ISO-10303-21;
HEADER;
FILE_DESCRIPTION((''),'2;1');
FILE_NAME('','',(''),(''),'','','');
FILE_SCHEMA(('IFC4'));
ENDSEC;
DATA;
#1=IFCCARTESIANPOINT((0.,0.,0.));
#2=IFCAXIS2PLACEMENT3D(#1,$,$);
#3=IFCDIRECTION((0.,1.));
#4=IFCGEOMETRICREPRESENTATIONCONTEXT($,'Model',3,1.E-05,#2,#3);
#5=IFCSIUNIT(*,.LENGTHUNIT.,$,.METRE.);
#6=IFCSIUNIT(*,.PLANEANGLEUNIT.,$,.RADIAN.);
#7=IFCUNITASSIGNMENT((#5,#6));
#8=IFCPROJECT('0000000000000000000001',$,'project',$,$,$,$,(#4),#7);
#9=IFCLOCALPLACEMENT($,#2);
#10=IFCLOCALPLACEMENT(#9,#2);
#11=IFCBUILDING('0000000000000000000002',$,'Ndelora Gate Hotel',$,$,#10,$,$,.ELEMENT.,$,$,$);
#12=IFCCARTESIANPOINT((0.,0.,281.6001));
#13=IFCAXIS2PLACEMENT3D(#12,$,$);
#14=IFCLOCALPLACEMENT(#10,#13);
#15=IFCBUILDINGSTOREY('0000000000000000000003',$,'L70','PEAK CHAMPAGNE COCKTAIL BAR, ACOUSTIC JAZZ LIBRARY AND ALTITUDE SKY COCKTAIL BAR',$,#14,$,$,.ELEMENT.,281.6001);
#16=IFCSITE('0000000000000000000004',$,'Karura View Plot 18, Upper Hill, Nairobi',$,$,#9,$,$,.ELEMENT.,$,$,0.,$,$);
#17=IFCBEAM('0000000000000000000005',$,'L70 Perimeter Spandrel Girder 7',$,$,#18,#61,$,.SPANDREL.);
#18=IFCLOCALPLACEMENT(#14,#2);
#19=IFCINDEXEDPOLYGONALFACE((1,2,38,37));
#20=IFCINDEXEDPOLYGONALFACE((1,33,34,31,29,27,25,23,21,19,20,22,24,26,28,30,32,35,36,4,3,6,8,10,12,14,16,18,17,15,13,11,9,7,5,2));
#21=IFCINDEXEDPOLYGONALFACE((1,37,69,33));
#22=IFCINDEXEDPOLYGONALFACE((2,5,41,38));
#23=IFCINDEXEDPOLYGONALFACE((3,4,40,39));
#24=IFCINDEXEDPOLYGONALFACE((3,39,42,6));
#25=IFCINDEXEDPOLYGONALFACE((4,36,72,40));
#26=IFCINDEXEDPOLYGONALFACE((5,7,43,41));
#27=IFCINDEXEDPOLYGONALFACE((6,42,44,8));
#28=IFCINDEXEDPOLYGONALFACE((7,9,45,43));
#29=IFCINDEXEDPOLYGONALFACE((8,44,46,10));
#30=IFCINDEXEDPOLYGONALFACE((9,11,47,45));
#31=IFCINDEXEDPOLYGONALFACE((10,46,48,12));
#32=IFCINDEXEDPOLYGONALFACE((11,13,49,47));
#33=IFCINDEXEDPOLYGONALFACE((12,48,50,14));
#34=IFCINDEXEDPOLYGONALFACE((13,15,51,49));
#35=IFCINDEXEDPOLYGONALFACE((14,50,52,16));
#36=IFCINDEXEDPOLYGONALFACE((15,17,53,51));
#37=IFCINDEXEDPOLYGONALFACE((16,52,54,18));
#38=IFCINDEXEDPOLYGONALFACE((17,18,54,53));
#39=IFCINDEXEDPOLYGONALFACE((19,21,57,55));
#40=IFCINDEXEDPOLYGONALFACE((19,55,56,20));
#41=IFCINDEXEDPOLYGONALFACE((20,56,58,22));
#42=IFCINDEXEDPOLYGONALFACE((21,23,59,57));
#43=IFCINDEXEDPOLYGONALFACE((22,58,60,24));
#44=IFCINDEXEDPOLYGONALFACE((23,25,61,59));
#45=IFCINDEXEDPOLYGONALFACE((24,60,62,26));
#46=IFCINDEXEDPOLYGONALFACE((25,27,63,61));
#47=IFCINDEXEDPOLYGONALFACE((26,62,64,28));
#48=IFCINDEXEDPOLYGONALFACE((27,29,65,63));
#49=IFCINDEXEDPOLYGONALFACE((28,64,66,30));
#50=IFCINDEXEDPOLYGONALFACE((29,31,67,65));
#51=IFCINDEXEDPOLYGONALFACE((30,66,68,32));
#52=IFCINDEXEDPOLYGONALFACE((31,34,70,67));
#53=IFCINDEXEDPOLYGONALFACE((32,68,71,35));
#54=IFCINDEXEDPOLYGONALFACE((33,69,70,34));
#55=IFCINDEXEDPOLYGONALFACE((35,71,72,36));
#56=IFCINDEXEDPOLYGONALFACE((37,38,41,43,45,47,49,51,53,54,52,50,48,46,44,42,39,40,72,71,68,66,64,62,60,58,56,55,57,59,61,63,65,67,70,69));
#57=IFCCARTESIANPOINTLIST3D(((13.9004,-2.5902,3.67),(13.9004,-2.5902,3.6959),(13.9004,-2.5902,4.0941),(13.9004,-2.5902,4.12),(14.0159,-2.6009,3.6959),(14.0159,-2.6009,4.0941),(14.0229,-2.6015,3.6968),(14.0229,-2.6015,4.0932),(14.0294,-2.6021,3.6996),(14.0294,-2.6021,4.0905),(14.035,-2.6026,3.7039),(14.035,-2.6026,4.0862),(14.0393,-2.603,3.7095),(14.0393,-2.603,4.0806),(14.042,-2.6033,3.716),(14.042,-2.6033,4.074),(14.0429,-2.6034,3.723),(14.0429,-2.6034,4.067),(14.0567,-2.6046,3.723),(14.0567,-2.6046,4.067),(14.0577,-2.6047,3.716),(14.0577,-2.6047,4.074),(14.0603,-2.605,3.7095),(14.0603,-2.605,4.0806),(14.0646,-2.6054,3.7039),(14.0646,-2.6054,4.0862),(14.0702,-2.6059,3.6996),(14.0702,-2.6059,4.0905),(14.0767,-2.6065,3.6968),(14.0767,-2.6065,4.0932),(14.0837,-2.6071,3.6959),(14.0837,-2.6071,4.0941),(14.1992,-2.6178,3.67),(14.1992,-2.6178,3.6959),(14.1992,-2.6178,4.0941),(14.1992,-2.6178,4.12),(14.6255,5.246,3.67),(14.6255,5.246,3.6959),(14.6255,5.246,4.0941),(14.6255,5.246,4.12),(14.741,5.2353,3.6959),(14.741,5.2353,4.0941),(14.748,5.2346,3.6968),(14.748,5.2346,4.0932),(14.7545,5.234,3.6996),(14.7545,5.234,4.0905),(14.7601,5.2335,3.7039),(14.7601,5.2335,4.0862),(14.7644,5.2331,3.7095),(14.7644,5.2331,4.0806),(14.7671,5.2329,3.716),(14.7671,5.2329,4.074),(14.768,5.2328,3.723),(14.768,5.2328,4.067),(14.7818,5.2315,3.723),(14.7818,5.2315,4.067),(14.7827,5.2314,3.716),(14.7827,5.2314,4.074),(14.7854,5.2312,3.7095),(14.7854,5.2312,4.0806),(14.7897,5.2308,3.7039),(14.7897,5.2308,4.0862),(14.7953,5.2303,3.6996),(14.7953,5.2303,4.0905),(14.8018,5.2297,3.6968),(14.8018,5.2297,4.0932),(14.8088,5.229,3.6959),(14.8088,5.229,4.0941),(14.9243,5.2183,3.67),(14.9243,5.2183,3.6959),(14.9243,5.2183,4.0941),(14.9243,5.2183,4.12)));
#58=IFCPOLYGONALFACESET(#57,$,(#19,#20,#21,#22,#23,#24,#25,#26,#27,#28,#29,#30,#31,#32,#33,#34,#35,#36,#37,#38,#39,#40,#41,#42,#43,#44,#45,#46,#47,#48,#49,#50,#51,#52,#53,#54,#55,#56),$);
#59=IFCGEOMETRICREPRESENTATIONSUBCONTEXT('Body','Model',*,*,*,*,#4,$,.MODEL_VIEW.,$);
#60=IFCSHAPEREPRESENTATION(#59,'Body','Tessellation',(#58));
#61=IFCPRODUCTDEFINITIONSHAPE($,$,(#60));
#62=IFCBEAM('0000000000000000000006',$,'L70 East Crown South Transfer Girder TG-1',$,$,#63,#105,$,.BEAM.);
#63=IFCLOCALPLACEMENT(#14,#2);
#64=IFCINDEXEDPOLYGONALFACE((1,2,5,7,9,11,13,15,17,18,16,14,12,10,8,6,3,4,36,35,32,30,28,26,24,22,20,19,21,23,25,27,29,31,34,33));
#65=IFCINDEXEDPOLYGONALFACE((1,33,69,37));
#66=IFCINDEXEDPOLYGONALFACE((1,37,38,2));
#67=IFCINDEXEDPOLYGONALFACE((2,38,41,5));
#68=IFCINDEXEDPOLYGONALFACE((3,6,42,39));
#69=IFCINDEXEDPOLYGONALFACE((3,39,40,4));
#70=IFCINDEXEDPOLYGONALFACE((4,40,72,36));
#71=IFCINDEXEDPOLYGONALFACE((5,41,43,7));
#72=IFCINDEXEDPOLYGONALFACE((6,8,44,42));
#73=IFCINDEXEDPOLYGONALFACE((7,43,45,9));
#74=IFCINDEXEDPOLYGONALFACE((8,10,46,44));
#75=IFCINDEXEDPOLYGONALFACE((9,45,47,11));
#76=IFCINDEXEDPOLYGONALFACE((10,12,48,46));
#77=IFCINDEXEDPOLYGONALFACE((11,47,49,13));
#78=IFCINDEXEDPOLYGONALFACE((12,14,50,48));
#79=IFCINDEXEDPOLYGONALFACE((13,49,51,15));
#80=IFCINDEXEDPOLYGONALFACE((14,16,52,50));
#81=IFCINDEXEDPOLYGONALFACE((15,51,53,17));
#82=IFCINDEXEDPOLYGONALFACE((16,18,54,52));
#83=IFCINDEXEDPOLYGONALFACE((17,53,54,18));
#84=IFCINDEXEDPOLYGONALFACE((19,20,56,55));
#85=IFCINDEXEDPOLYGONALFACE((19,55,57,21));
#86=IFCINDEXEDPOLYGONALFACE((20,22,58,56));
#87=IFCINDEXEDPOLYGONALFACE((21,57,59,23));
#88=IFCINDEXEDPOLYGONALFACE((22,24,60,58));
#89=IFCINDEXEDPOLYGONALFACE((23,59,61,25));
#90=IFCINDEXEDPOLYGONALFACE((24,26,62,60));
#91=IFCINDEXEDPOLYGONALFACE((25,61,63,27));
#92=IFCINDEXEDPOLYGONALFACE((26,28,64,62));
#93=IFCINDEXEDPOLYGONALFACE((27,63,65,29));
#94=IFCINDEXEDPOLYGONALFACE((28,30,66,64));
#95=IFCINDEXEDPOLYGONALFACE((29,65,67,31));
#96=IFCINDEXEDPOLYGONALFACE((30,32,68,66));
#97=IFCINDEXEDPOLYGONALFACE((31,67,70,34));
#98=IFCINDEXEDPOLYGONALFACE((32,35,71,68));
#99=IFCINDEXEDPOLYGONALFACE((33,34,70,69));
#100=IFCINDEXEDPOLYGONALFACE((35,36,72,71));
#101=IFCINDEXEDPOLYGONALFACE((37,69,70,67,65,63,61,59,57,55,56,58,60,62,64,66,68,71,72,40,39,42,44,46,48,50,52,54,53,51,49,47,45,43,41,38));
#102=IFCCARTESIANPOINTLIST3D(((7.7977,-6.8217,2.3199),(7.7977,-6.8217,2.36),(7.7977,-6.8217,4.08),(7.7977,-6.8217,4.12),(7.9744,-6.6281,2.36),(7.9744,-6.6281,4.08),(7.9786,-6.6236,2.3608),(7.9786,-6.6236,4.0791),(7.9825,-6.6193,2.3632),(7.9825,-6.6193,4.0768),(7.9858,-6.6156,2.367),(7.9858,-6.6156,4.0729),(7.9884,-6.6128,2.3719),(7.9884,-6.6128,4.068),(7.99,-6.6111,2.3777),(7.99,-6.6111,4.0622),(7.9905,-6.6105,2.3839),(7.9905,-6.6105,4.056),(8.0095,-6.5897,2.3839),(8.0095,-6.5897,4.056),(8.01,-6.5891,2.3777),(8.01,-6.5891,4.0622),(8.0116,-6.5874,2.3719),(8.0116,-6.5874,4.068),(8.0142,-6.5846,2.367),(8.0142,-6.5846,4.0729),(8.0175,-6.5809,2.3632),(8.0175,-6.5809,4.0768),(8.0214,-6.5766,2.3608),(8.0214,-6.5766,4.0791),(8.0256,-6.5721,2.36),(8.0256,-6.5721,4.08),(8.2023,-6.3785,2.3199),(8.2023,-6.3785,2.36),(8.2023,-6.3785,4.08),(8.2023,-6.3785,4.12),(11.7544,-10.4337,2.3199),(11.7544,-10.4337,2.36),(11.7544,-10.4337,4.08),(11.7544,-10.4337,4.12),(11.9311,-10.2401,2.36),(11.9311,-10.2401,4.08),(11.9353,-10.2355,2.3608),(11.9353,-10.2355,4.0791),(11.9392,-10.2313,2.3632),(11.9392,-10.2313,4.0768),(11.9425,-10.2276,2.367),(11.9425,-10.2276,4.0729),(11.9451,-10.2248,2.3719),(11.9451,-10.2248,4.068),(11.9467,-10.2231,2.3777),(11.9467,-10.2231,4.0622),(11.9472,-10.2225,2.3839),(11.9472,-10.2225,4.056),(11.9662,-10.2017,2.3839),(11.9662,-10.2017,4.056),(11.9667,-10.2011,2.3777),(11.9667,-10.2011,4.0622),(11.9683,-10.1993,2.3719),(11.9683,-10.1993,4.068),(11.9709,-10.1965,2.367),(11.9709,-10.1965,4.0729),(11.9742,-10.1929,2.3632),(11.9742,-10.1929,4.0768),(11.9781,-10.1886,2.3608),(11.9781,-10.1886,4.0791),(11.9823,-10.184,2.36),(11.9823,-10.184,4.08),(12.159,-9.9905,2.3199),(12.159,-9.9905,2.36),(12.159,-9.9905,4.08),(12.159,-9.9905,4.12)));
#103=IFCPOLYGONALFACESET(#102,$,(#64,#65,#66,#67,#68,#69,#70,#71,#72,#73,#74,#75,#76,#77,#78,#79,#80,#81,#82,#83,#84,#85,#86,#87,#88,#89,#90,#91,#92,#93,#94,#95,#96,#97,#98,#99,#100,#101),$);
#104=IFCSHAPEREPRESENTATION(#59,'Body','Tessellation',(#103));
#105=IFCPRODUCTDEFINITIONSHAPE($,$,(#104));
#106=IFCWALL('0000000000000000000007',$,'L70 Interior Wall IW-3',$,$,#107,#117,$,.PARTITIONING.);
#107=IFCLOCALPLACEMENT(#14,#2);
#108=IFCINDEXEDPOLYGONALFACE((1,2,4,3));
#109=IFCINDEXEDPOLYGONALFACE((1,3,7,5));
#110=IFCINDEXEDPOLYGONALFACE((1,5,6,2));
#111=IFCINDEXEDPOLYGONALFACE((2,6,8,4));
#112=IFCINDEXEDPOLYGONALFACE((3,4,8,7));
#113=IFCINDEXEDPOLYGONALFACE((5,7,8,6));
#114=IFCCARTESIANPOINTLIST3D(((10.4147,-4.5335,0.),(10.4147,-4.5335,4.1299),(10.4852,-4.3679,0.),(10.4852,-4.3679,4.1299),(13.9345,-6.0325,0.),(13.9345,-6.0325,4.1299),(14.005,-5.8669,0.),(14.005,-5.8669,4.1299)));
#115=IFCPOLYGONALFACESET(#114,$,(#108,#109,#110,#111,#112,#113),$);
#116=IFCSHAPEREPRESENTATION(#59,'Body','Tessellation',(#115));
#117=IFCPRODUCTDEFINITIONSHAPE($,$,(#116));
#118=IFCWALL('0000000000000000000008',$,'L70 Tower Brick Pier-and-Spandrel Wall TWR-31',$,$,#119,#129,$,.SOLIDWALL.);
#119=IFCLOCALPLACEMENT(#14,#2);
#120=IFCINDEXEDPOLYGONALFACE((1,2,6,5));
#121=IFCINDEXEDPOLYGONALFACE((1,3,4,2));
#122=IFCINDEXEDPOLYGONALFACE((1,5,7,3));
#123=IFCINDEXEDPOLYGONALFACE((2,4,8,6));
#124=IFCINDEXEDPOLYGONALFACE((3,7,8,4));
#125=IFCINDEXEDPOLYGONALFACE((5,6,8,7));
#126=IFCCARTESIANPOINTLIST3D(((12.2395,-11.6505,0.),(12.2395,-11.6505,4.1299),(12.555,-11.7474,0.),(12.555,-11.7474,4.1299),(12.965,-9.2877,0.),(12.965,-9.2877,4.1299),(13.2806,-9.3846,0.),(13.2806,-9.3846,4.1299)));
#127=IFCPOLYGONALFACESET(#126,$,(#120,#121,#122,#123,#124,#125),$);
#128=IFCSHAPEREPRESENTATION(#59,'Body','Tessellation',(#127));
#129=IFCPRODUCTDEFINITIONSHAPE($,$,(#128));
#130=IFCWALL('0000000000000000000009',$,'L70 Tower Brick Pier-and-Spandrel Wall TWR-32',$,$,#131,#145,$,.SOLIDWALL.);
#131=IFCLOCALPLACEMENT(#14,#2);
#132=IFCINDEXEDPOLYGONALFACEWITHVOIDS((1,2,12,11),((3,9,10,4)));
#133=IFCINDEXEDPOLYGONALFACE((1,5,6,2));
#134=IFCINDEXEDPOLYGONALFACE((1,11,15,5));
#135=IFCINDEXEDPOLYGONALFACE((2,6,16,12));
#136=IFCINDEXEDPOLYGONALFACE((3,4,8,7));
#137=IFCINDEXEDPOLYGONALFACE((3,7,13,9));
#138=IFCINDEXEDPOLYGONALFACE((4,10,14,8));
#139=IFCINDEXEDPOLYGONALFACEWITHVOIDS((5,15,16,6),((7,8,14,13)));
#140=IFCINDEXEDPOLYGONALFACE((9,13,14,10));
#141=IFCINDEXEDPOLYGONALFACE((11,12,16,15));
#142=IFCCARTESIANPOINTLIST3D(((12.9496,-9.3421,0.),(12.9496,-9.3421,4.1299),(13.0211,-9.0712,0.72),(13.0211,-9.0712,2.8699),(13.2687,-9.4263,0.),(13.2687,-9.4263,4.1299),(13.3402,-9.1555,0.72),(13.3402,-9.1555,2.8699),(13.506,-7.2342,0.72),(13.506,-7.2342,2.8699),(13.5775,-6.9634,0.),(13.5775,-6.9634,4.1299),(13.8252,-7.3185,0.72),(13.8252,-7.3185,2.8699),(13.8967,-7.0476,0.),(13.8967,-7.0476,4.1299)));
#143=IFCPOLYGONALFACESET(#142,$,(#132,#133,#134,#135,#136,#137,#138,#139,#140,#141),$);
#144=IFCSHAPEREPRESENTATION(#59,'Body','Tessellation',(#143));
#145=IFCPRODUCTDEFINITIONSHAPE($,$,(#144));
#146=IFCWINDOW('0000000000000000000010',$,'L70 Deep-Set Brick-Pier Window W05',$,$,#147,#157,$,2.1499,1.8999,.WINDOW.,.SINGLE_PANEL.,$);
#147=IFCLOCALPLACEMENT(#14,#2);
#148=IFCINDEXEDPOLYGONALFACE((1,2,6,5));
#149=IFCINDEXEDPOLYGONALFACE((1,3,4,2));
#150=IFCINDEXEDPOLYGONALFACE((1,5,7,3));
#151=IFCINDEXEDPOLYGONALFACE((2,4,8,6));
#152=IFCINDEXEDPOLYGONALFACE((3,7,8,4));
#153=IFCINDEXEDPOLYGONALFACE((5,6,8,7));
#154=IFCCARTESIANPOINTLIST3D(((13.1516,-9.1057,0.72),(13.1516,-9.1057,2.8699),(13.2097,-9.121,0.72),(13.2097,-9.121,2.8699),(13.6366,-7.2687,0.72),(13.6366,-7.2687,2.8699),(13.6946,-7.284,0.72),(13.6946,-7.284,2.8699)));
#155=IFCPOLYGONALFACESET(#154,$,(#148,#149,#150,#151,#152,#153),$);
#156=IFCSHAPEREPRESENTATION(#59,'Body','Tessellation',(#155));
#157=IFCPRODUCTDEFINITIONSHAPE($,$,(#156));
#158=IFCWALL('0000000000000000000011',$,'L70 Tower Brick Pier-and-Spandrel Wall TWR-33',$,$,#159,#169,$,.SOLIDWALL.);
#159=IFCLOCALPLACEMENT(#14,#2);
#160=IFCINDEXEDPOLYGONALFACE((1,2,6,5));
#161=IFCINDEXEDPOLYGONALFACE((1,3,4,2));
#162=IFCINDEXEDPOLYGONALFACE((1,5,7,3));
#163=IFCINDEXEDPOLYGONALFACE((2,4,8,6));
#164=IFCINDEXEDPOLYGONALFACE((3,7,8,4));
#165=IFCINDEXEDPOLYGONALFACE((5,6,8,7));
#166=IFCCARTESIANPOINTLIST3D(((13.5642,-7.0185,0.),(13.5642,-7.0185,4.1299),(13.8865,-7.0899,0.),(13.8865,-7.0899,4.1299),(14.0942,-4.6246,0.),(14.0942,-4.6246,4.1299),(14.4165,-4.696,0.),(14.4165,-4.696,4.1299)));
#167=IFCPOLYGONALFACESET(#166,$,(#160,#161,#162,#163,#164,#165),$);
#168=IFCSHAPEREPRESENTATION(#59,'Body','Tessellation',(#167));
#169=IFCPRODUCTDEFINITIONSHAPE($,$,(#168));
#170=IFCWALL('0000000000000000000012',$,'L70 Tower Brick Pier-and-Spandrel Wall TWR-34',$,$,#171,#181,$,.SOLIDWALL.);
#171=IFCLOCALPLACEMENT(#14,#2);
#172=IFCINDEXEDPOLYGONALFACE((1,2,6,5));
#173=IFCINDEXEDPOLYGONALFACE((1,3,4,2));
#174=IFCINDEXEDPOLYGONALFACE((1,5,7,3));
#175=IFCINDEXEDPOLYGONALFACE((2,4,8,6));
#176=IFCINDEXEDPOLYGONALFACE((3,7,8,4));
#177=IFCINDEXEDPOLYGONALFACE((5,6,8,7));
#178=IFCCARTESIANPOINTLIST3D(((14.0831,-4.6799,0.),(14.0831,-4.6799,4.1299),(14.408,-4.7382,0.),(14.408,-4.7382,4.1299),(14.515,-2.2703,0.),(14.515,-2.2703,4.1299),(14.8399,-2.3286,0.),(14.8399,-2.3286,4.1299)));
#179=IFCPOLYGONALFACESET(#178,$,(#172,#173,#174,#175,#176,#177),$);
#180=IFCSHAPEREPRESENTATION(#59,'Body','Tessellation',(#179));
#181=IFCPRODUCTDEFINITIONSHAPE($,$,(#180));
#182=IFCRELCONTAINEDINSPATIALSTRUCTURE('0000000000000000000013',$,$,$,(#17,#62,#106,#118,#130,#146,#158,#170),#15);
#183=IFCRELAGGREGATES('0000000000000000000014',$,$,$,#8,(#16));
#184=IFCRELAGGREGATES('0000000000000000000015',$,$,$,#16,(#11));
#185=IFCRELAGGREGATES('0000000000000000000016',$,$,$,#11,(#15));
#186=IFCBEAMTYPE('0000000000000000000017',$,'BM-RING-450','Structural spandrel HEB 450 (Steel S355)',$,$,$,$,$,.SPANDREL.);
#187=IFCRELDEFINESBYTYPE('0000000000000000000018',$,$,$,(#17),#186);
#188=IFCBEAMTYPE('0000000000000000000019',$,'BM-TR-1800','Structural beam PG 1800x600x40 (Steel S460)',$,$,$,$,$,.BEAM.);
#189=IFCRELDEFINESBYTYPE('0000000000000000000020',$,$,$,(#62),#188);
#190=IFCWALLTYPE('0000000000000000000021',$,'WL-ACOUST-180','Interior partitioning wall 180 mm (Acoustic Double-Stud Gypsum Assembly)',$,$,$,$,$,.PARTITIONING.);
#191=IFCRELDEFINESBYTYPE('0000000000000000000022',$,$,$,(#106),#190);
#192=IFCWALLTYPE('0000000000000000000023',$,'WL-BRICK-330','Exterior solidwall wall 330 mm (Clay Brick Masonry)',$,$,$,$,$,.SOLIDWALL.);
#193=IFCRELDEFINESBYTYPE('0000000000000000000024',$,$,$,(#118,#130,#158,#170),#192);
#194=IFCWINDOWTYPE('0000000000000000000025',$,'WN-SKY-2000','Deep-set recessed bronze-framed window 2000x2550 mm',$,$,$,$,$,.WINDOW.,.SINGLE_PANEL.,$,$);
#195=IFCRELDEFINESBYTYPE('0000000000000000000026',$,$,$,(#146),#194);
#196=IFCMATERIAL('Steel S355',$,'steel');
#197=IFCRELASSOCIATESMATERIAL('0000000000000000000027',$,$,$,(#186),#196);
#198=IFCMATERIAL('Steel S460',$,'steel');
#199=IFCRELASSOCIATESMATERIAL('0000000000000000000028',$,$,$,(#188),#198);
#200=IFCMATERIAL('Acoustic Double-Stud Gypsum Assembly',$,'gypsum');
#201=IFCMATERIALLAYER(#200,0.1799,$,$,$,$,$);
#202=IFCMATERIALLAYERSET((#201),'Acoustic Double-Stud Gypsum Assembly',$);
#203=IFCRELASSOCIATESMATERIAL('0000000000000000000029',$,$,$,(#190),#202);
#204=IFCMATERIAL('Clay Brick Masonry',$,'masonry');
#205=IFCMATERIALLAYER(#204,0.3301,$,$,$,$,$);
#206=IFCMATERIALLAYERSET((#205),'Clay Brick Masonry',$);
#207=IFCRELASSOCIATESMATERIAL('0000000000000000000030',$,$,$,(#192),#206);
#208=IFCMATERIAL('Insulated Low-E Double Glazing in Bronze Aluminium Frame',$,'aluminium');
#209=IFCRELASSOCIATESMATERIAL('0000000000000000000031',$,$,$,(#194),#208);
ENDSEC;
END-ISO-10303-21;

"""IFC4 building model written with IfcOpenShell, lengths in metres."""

from ifc_helpers import new_model, si_unit, direction, frame, frame_2d, origin, origin_2d, place, context, subcontext, project, spatial, rectangle, i_section, extrude, material, layer, layer_set, material_profile, profile_set, type_object, element, fill, save


model = new_model("IFC4")

# Units and contexts
model_context = context("Model", 3, precision=1e-05, world=origin(), true_north=direction((0.0, 1.0)))
body_context = subcontext(model_context, "Body", "Model", "MODEL_VIEW")
ifc_project = project(units=[si_unit("LENGTHUNIT", "METRE"), si_unit("PLANEANGLEUNIT", "RADIAN")], contexts=[model_context])

# Site, building, storey
site_placement = place(None, origin())
site = spatial("IfcSite", under=ifc_project, at=site_placement, Name="Karura View Plot 18, Upper Hill, Nairobi", CompositionType="ELEMENT", RefElevation=0.0)
building_placement = place(site_placement, origin())
building = spatial("IfcBuilding", under=site, at=building_placement, Name="Ndelora Gate Hotel", CompositionType="ELEMENT")
storey_placement = place(building_placement, frame((0.0, 0.0, 281.6001)))
storey = spatial("IfcBuildingStorey", under=building, at=storey_placement, Name="L70", Description="PEAK CHAMPAGNE COCKTAIL BAR, ACOUSTIC JAZZ LIBRARY AND ALTITUDE SKY COCKTAIL BAR", CompositionType="ELEMENT", Elevation=281.6001)

# Beams
ifc_material_1 = material(Name="Steel S355", Category="steel")
ifc_material_profile_1 = material_profile(ifc_material_1, i_section(OverallWidth=0.3, OverallDepth=0.45, WebThickness=0.0139, FlangeThickness=0.0259, FilletRadius=0.0271, at=origin_2d()), Name="HEB 450")
ifc_profile_set_1 = profile_set([ifc_material_profile_1], Name="Steel S355")
beam_type_1 = type_object("IfcBeamType", Name="BM-RING-450", Description="Structural spandrel HEB 450 (Steel S355)", PredefinedType="SPANDREL", material=ifc_profile_set_1)
beam_1_placement = place(storey_placement, frame((14.0498, -2.604, 3.895), z_axis=(0.092138, 0.995746, 0.0), x_axis=(-0.995746, 0.092138, 0.0)))
element("IfcBeam", 1, at=beam_1_placement, inside=storey, type_object=beam_type_1, Name="L70 Perimeter Spandrel Girder 7", PredefinedType="SPANDREL", context=body_context, shape_type="SweptSolid", body=[
    extrude(i_section(OverallWidth=0.3, OverallDepth=0.45, WebThickness=0.0139, FlangeThickness=0.0259, FilletRadius=0.0271, at=origin_2d()), origin(), (0.0, 0.0, 1.0), 7.8696),
])
ifc_material_2 = material(Name="Steel S460", Category="steel")
ifc_material_profile_2 = material_profile(ifc_material_2, i_section(OverallWidth=0.6001, OverallDepth=1.8, WebThickness=0.0281, FlangeThickness=0.04, FilletRadius=0.0239, at=origin_2d()), Name="PG 1800x600x40")
ifc_profile_set_2 = profile_set([ifc_material_profile_2], Name="Steel S460")
beam_type_2 = type_object("IfcBeamType", Name="BM-TR-1800", Description="Structural beam PG 1800x600x40 (Steel S460)", PredefinedType="BEAM", material=ifc_profile_set_2)
beam_2_placement = place(storey_placement, frame((8.0, -6.6001, 3.22), z_axis=(0.738547, -0.674202, 0.0), x_axis=(0.674202, 0.738547, 0.0)))
element("IfcBeam", 2, at=beam_2_placement, inside=storey, type_object=beam_type_2, Name="L70 East Crown South Transfer Girder TG-1", PredefinedType="BEAM", context=body_context, shape_type="SweptSolid", body=[
    extrude(i_section(OverallWidth=0.6001, OverallDepth=1.8, WebThickness=0.0281, FlangeThickness=0.04, FilletRadius=0.0239, at=origin_2d()), origin(), (0.0, 0.0, 1.0), 5.3574),
])

# Walls
ifc_material_3 = material(Name="Acoustic Double-Stud Gypsum Assembly", Category="gypsum")
ifc_layer_1 = layer(ifc_material_3, 0.1799)
ifc_layer_set_1 = layer_set([ifc_layer_1], Name="Acoustic Double-Stud Gypsum Assembly")
wall_type_1 = type_object("IfcWallType", Name="WL-ACOUST-180", Description="Interior partitioning wall 180 mm (Acoustic Double-Stud Gypsum Assembly)", PredefinedType="PARTITIONING", material=ifc_layer_set_1)
wall_1_placement = place(storey_placement, frame((10.45, -4.4507, 0.0), z_axis=(0.0, 0.0, 1.0), x_axis=(0.920037, -0.391831, 0.0)))
element("IfcWall", 3, at=wall_1_placement, inside=storey, type_object=wall_type_1, Name="L70 Interior Wall IW-3", PredefinedType="PARTITIONING", context=body_context, shape_type="SweptSolid", body=[
    extrude(rectangle(XDim=3.8257, YDim=0.1799, at=frame_2d((1.9128, 0.0))), origin(), (0.0, 0.0, 1.0), 4.1299),
])
ifc_material_4 = material(Name="Clay Brick Masonry", Category="masonry")
ifc_layer_2 = layer(ifc_material_4, 0.3301)
ifc_layer_set_2 = layer_set([ifc_layer_2], Name="Clay Brick Masonry")
wall_type_2 = type_object("IfcWallType", Name="WL-BRICK-330", Description="Exterior solidwall wall 330 mm (Clay Brick Masonry)", PredefinedType="SOLIDWALL", material=ifc_layer_set_2)
wall_2_placement = place(storey_placement, frame((13.1228, -9.3362, 0.0), z_axis=(0.0, 0.0, 1.0), x_axis=(-0.293558, -0.955941, 0.0)))
element("IfcWall", 4, at=wall_2_placement, inside=storey, type_object=wall_type_2, Name="L70 Tower Brick Pier-and-Spandrel Wall TWR-31", PredefinedType="SOLIDWALL", context=body_context, shape_type="SweptSolid", body=[
    extrude(rectangle(XDim=2.4717, YDim=0.3301, at=frame_2d((1.2358, 0.0))), origin(), (0.0, 0.0, 1.0), 4.1299),
])

# Wall, opening, window
wall_3_placement = place(storey_placement, frame((13.7371, -7.0056, 0.0), z_axis=(0.0, 0.0, 1.0), x_axis=(-0.255241, -0.966878, 0.0)))
wall_3 = element("IfcWall", 5, at=wall_3_placement, inside=storey, type_object=wall_type_2, Name="L70 Tower Brick Pier-and-Spandrel Wall TWR-32", PredefinedType="SOLIDWALL", context=body_context, shape_type="SweptSolid", body=[
    extrude(rectangle(XDim=2.4602, YDim=0.3301, at=frame_2d((1.23, 0.0))), origin(), (0.0, 0.0, 1.0), 4.1299),
])
opening_1_placement = place(wall_3_placement, frame((0.28, 0.0, 0.72)))
opening_1 = element("IfcOpeningElement", 6, at=opening_1_placement, cuts=wall_3, PredefinedType="OPENING", context=body_context, shape_type="SweptSolid", body=[
    extrude(rectangle(XDim=1.8999, YDim=2.1499, at=frame_2d((0.95, 1.075))), frame((0.0, 0.175, 0.0), z_axis=(0.0, -1.0, 0.0), x_axis=(1.0, 0.0, 0.0)), (0.0, 0.0, 1.0), 0.3501),
])
ifc_material_5 = material(Name="Insulated Low-E Double Glazing in Bronze Aluminium Frame", Category="aluminium")
window_type = type_object("IfcWindowType", Name="WN-SKY-2000", Description="Deep-set recessed bronze-framed window 2000x2550 mm", PartitioningType="SINGLE_PANEL", PredefinedType="WINDOW", material=ifc_material_5)
window_placement = place(opening_1_placement, origin())
window = element("IfcWindow", 7, at=window_placement, inside=storey, type_object=window_type, Name="L70 Deep-Set Brick-Pier Window W05", OverallHeight=2.1499, OverallWidth=1.8999, PartitioningType="SINGLE_PANEL", PredefinedType="WINDOW", context=body_context, shape_type="SweptSolid", body=[
    extrude(rectangle(XDim=1.8999, YDim=2.1499, at=frame_2d((0.95, 1.075))), frame((0.0, 0.03, 0.0), z_axis=(0.0, -1.0, 0.0), x_axis=(1.0, 0.0, 0.0)), (0.0, 0.0, 1.0), 0.0601),
])
fill(opening_1, window)

# Walls
wall_4_placement = place(storey_placement, frame((14.2554, -4.6602, 0.0), z_axis=(0.0, 0.0, 1.0), x_axis=(-0.216161, -0.976358, 0.0)))
element("IfcWall", 8, at=wall_4_placement, inside=storey, type_object=wall_type_2, Name="L70 Tower Brick Pier-and-Spandrel Wall TWR-33", PredefinedType="SOLIDWALL", context=body_context, shape_type="SweptSolid", body=[
    extrude(rectangle(XDim=2.4519, YDim=0.3301, at=frame_2d((1.2261, 0.0))), origin(), (0.0, 0.0, 1.0), 4.1299),
])
wall_5_placement = place(storey_placement, frame((14.6775, -2.2993, 0.0), z_axis=(0.0, 0.0, 1.0), x_axis=(-0.176419, -0.984315, 0.0)))
element("IfcWall", 9, at=wall_5_placement, inside=storey, type_object=wall_type_2, Name="L70 Tower Brick Pier-and-Spandrel Wall TWR-34", PredefinedType="SOLIDWALL", context=body_context, shape_type="SweptSolid", body=[
    extrude(rectangle(XDim=2.448, YDim=0.3301, at=frame_2d((1.2241, 0.0))), origin(), (0.0, 0.0, 1.0), 4.1299),
])

save(model, "model.ifc")
